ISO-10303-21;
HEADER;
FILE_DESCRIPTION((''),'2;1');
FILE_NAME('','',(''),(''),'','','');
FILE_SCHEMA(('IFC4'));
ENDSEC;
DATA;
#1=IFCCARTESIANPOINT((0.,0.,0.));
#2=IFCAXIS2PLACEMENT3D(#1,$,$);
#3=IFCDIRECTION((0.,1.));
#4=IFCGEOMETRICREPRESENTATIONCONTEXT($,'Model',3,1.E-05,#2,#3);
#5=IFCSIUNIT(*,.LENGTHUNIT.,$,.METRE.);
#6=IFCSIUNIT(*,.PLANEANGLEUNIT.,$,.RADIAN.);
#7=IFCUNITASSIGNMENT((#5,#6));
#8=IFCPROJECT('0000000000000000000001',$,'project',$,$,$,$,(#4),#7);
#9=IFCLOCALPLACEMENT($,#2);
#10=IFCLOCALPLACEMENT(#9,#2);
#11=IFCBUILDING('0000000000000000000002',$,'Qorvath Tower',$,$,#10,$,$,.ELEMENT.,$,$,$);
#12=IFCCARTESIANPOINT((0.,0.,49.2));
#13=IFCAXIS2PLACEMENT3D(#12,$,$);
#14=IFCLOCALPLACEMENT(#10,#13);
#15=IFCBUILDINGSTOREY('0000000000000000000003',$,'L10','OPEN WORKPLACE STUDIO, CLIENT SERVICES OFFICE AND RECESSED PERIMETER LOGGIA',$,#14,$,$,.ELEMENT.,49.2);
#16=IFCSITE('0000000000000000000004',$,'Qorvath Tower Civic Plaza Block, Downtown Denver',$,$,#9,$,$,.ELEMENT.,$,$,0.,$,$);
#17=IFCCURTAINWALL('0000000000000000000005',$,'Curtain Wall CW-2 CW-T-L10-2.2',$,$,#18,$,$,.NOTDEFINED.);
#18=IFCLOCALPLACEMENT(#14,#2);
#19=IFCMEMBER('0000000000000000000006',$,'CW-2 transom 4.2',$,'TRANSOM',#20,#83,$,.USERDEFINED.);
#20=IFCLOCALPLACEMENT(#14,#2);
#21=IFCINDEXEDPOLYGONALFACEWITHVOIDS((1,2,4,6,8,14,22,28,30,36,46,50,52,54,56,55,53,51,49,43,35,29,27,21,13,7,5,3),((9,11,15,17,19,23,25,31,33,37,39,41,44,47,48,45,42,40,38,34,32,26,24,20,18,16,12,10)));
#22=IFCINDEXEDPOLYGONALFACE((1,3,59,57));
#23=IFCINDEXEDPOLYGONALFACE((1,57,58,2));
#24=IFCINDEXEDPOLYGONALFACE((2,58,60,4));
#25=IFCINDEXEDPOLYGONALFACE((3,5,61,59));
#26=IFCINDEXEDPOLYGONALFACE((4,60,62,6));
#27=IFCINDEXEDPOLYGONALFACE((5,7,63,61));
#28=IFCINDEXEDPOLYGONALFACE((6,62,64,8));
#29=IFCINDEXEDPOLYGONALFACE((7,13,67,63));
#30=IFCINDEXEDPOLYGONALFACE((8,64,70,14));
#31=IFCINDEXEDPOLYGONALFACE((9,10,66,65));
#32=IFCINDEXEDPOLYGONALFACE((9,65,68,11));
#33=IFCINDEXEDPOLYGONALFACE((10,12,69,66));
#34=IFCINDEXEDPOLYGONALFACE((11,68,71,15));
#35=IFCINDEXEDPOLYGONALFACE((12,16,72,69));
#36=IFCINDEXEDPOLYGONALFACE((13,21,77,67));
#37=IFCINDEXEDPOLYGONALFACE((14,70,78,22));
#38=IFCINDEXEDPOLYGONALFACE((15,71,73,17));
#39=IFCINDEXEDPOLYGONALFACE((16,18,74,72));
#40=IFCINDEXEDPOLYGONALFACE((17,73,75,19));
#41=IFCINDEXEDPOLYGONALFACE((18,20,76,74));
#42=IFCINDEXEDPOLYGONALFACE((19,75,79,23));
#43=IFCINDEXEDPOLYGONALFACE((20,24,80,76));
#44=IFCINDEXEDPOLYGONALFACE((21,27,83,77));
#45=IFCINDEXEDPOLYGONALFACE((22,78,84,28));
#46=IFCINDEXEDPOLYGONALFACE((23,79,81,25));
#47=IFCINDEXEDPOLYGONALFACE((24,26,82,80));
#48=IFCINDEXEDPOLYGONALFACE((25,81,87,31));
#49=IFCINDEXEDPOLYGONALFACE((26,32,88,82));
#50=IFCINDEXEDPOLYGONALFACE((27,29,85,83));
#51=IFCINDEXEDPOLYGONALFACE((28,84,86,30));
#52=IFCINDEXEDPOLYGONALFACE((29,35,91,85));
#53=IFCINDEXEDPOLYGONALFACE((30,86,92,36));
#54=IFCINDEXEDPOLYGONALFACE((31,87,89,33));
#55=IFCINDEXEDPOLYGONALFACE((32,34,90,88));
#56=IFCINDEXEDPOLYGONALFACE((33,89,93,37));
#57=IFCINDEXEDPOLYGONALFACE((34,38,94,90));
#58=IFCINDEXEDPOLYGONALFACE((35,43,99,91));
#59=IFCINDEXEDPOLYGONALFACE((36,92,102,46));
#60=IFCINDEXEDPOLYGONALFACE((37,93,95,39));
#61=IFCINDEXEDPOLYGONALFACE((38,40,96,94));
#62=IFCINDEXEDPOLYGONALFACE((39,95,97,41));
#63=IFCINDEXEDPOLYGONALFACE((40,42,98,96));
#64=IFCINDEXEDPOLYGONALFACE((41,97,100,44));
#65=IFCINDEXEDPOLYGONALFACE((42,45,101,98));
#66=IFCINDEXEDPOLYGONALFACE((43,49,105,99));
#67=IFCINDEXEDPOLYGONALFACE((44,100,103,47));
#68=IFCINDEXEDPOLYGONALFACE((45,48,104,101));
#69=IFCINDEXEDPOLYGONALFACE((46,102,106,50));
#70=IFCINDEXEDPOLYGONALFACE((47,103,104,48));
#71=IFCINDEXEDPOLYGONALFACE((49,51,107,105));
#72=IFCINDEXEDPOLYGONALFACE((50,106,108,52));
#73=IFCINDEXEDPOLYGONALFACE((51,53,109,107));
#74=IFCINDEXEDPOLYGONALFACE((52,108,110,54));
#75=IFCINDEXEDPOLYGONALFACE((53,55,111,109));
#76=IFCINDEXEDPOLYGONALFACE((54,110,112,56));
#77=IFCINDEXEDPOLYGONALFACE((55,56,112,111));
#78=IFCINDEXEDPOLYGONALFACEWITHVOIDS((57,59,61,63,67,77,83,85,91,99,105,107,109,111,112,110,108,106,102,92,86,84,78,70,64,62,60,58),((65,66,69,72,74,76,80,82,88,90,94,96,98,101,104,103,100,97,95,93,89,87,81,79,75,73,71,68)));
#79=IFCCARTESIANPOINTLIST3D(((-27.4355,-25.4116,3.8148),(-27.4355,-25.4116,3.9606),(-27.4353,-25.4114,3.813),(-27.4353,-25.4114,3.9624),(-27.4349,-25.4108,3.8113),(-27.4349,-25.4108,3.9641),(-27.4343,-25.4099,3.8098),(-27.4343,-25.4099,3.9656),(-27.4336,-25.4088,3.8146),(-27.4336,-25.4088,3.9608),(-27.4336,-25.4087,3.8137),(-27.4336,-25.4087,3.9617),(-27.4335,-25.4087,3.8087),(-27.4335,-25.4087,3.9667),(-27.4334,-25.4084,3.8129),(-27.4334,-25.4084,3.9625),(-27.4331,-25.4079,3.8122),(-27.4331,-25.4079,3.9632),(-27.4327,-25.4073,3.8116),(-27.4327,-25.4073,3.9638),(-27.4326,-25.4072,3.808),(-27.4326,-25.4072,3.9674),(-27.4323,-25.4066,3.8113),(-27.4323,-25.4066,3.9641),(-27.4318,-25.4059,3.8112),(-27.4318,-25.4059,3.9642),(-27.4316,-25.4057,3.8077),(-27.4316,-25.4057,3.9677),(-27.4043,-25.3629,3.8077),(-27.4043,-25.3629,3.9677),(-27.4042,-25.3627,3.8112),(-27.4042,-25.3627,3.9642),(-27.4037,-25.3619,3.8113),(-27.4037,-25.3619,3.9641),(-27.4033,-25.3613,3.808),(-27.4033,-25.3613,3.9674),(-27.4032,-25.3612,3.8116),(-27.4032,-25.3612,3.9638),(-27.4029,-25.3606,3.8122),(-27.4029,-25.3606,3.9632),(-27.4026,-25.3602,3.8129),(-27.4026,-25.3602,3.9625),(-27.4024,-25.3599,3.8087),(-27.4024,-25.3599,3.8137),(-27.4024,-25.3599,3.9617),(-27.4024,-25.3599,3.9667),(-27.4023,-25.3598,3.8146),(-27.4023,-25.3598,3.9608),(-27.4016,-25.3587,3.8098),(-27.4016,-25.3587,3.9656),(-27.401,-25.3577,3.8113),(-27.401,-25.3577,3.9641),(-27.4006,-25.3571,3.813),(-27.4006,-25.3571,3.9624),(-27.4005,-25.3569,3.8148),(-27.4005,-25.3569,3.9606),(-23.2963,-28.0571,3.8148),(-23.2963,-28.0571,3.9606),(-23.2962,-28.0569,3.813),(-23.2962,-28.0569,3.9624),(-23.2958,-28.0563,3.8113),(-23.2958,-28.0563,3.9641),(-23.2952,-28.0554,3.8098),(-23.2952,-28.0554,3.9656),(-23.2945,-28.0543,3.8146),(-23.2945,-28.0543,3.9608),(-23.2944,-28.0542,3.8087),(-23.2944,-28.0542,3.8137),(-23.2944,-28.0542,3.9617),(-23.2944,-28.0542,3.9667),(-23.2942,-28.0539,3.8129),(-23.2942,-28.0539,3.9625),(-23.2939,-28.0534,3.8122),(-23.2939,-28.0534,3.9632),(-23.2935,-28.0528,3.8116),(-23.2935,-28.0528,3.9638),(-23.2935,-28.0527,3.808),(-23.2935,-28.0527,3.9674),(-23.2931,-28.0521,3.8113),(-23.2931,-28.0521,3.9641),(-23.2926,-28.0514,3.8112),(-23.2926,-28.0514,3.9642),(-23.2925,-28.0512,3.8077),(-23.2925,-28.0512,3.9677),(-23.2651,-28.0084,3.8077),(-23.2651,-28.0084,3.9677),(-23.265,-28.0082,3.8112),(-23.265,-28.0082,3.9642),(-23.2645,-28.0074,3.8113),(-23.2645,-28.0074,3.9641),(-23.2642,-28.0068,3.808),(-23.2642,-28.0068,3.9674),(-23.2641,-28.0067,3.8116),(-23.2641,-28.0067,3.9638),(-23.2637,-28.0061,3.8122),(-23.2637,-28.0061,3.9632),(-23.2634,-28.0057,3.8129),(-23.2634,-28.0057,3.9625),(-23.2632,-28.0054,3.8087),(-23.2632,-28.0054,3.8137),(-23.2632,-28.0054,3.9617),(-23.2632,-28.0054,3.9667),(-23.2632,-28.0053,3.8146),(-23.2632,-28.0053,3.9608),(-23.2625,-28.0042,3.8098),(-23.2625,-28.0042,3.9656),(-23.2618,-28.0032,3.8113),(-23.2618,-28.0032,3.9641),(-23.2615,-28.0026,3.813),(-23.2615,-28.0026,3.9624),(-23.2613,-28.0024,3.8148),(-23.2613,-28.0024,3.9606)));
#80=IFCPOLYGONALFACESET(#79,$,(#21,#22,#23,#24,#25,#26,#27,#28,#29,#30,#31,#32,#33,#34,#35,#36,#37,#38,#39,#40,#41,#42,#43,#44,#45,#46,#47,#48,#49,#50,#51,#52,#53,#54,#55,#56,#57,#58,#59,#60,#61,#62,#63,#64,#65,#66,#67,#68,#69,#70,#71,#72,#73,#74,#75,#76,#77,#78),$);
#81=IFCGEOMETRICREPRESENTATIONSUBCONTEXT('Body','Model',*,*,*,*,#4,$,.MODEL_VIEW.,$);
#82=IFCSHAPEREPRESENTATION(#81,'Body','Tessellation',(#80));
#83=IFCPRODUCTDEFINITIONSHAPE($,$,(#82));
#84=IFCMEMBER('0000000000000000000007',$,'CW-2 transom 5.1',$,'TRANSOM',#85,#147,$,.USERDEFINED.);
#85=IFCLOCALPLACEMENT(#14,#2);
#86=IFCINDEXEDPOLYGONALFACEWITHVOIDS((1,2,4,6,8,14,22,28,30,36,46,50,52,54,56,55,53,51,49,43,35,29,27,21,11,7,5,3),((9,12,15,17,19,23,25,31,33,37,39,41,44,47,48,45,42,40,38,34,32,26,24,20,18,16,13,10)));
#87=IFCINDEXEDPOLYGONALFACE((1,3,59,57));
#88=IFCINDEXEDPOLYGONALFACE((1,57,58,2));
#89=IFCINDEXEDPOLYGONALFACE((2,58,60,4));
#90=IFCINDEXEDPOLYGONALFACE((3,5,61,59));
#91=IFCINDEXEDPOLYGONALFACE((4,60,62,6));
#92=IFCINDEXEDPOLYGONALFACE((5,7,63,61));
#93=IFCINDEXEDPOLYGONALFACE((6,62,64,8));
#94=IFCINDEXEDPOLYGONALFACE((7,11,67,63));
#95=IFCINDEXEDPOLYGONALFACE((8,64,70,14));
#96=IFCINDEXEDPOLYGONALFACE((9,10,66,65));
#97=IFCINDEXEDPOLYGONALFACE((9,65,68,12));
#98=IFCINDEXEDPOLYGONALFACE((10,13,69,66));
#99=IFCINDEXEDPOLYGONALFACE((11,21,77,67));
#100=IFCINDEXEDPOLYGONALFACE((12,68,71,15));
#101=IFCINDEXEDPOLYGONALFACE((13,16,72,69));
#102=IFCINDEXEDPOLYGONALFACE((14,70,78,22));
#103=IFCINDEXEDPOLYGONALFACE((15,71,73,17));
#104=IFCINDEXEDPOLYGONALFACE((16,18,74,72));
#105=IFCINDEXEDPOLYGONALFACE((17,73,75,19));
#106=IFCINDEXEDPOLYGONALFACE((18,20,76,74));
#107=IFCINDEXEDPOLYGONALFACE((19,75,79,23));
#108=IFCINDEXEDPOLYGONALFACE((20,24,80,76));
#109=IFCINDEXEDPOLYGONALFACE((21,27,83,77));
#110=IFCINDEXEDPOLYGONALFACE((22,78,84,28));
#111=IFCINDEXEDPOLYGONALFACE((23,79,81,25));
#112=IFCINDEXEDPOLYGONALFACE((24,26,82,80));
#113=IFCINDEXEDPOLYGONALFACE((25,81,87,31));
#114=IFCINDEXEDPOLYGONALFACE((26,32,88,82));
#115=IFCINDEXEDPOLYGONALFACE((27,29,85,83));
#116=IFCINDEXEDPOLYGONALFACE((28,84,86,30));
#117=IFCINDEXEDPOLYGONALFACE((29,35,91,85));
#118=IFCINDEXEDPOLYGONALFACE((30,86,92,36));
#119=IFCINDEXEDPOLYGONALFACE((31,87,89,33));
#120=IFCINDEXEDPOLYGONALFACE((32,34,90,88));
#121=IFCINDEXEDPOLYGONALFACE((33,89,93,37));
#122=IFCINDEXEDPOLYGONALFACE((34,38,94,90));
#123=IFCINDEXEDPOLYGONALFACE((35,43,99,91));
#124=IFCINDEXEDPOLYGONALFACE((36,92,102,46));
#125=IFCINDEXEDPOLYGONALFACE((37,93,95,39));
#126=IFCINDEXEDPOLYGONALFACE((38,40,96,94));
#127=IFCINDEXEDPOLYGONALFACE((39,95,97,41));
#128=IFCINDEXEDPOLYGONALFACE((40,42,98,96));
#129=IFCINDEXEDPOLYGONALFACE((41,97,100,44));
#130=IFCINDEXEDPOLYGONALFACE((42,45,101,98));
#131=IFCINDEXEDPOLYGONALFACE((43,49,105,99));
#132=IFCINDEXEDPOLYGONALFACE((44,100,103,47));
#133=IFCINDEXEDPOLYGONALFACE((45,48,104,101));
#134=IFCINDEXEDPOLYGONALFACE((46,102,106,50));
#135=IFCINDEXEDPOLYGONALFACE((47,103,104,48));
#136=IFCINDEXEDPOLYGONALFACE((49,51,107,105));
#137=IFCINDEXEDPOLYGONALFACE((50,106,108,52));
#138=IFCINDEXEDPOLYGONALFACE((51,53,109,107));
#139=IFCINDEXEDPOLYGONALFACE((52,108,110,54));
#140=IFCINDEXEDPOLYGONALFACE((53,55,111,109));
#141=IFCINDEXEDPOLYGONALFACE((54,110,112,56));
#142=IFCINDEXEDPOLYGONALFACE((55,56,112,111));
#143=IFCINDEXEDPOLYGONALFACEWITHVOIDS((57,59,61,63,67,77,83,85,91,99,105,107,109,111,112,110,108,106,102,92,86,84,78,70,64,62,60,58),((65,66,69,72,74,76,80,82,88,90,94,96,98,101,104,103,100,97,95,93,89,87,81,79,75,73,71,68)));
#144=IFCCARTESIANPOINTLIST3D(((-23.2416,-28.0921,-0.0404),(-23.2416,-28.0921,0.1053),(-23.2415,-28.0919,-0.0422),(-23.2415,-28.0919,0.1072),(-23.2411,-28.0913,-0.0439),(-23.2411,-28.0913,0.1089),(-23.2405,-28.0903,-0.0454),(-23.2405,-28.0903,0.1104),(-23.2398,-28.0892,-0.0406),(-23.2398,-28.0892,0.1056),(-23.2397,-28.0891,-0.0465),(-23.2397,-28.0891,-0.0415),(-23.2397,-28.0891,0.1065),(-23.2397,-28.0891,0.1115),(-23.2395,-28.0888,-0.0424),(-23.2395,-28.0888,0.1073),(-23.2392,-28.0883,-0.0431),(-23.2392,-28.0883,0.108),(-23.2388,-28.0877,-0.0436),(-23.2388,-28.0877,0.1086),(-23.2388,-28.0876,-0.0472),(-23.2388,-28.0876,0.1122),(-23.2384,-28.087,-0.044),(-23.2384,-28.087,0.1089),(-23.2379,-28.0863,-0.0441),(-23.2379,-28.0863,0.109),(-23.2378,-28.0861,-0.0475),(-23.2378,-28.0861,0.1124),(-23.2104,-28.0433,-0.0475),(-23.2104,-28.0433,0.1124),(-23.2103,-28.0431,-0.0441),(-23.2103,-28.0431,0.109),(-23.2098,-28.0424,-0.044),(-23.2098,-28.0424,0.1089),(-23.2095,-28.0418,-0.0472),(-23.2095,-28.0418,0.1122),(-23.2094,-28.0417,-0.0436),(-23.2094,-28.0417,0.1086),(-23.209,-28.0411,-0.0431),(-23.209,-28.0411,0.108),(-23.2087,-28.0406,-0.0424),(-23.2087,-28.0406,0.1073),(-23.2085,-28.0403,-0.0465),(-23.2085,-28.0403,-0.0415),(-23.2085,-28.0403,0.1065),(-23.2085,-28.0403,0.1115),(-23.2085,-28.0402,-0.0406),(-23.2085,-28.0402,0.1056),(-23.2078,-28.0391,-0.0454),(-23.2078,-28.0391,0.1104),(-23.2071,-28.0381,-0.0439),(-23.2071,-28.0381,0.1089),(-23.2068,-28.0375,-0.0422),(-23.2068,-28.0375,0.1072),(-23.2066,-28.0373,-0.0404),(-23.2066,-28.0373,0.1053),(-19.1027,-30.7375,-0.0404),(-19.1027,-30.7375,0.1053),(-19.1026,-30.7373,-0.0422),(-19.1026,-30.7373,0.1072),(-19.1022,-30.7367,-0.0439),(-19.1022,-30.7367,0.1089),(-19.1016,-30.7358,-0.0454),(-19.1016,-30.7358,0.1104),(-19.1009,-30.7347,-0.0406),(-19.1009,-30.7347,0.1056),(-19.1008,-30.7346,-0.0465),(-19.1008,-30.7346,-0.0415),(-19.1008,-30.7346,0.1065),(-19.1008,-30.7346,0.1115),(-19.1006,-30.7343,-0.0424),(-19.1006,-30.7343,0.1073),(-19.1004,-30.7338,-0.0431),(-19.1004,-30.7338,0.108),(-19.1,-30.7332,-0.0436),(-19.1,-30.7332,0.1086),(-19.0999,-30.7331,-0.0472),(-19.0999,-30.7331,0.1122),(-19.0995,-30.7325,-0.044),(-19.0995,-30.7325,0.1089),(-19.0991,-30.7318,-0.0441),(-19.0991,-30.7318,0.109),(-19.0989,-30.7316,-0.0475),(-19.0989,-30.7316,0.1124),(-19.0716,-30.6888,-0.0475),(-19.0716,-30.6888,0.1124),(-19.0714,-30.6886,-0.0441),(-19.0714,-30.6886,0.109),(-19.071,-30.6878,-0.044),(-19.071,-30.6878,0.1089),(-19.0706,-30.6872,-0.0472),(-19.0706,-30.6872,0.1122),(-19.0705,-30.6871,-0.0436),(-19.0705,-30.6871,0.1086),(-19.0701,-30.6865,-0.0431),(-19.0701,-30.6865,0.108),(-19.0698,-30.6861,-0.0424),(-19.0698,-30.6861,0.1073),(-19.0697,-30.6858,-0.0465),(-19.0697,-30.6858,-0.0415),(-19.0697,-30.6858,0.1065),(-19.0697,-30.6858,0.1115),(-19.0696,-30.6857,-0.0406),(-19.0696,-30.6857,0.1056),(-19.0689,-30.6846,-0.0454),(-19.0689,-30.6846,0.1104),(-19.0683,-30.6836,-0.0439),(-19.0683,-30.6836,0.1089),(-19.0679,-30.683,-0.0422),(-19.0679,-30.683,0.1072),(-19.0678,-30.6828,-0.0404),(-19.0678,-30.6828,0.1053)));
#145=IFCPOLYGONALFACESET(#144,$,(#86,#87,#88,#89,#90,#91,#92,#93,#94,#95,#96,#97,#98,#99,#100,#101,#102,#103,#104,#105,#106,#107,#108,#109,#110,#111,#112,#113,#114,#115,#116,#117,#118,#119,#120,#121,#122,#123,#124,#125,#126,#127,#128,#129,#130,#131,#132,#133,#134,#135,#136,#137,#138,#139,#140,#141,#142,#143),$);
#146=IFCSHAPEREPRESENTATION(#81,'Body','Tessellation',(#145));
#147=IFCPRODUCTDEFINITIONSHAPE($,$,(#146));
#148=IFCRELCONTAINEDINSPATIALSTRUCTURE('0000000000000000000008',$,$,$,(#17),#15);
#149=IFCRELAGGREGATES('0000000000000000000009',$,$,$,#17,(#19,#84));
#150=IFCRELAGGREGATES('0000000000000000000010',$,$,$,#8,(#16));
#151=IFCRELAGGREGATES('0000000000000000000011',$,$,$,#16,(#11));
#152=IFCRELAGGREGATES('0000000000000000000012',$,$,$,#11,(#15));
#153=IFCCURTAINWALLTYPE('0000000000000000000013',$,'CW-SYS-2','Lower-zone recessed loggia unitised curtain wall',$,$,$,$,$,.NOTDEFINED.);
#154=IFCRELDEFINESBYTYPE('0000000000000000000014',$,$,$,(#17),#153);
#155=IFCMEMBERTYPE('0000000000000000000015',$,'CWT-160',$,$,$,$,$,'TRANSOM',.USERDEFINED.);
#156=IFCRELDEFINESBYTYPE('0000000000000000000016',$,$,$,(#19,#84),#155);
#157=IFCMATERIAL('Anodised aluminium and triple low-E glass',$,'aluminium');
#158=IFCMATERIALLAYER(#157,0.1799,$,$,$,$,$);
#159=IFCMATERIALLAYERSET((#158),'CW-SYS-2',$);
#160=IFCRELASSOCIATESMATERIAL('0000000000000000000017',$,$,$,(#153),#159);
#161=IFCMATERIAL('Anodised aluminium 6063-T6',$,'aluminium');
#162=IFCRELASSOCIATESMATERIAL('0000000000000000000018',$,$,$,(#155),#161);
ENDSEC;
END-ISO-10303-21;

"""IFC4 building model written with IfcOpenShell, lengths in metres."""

from ifc_helpers import new_model, si_unit, direction, frame, origin, origin_2d, place, context, subcontext, project, spatial, hollow_rectangle, extrude, material, layer, layer_set, material_profile, profile_set, type_object, element, aggregate, save


model = new_model("IFC4")

# Units and contexts
model_context = context("Model", 3, precision=1e-05, world=origin(), true_north=direction((0.0, 1.0)))
body_context = subcontext(model_context, "Body", "Model", "MODEL_VIEW")
ifc_project = project(units=[si_unit("LENGTHUNIT", "METRE"), si_unit("PLANEANGLEUNIT", "RADIAN")], contexts=[model_context])

# Site, building, storey
site_placement = place(None, origin())
site = spatial("IfcSite", under=ifc_project, at=site_placement, Name="Qorvath Tower Civic Plaza Block, Downtown Denver", CompositionType="ELEMENT", RefElevation=0.0)
building_placement = place(site_placement, origin())
building = spatial("IfcBuilding", under=site, at=building_placement, Name="Qorvath Tower", CompositionType="ELEMENT")
storey_placement = place(building_placement, frame((0.0, 0.0, 49.2)))
storey = spatial("IfcBuildingStorey", under=building, at=storey_placement, Name="L10", Description="OPEN WORKPLACE STUDIO, CLIENT SERVICES OFFICE AND RECESSED PERIMETER LOGGIA", CompositionType="ELEMENT", Elevation=49.2)

# Curtain wall, members
ifc_material_1 = material(Name="Anodised aluminium and triple low-E glass", Category="aluminium")
ifc_layer_1 = layer(ifc_material_1, 0.1799)
ifc_layer_set_1 = layer_set([ifc_layer_1], Name="CW-SYS-2")
curtain_wall_type = type_object("IfcCurtainWallType", Name="CW-SYS-2", Description="Lower-zone recessed loggia unitised curtain wall", PredefinedType="NOTDEFINED", material=ifc_layer_set_1)
curtain_wall_placement = place(storey_placement, origin())
curtain_wall = element("IfcCurtainWall", 1, at=curtain_wall_placement, inside=storey, type_object=curtain_wall_type, Name="Curtain Wall CW-2 CW-T-L10-2.2", PredefinedType="NOTDEFINED")
ifc_material_2 = material(Name="Anodised aluminium 6063-T6", Category="aluminium")
ifc_material_profile_1 = material_profile(ifc_material_2, hollow_rectangle(XDim=0.0649, YDim=0.1599, WallThickness=0.0034, InnerFilletRadius=0.0034, OuterFilletRadius=0.0071, at=origin_2d()), Name="CWT 160x65")
ifc_profile_set_1 = profile_set([ifc_material_profile_1], Name="Anodised aluminium 6063-T6")
member_type_1 = type_object("IfcMemberType", Name="CWT-160", ElementType="TRANSOM", PredefinedType="USERDEFINED", material=ifc_profile_set_1)
member_1_placement = place(storey_placement, frame((-27.418, -25.3843, 3.8877), z_axis=(0.8426, -0.53854, 0.0), x_axis=(0.53854, 0.8426, 0.0)))
member_1 = element("IfcMember", 2, at=member_1_placement, type_object=member_type_1, Name="CW-2 transom 4.2", ObjectType="TRANSOM", PredefinedType="USERDEFINED", context=body_context, shape_type="SweptSolid", body=[
    extrude(hollow_rectangle(XDim=0.0649, YDim=0.1599, WallThickness=0.0034, InnerFilletRadius=0.0034, OuterFilletRadius=0.0071, at=origin_2d()), origin(), (0.0, 0.0, 1.0), 4.9124),
])
member_2_placement = place(storey_placement, frame((-23.2241, -28.0647, 0.0325), z_axis=(0.842585, -0.538563, 0.0), x_axis=(0.538563, 0.842585, 0.0)))
member_2 = element("IfcMember", 3, at=member_2_placement, type_object=member_type_1, Name="CW-2 transom 5.1", ObjectType="TRANSOM", PredefinedType="USERDEFINED", context=body_context, shape_type="SweptSolid", body=[
    extrude(hollow_rectangle(XDim=0.0649, YDim=0.1599, WallThickness=0.0034, InnerFilletRadius=0.0034, OuterFilletRadius=0.0071, at=origin_2d()), origin(), (0.0, 0.0, 1.0), 4.9121),
])
aggregate(curtain_wall, [member_1, member_2])

save(model, "model.ifc")
